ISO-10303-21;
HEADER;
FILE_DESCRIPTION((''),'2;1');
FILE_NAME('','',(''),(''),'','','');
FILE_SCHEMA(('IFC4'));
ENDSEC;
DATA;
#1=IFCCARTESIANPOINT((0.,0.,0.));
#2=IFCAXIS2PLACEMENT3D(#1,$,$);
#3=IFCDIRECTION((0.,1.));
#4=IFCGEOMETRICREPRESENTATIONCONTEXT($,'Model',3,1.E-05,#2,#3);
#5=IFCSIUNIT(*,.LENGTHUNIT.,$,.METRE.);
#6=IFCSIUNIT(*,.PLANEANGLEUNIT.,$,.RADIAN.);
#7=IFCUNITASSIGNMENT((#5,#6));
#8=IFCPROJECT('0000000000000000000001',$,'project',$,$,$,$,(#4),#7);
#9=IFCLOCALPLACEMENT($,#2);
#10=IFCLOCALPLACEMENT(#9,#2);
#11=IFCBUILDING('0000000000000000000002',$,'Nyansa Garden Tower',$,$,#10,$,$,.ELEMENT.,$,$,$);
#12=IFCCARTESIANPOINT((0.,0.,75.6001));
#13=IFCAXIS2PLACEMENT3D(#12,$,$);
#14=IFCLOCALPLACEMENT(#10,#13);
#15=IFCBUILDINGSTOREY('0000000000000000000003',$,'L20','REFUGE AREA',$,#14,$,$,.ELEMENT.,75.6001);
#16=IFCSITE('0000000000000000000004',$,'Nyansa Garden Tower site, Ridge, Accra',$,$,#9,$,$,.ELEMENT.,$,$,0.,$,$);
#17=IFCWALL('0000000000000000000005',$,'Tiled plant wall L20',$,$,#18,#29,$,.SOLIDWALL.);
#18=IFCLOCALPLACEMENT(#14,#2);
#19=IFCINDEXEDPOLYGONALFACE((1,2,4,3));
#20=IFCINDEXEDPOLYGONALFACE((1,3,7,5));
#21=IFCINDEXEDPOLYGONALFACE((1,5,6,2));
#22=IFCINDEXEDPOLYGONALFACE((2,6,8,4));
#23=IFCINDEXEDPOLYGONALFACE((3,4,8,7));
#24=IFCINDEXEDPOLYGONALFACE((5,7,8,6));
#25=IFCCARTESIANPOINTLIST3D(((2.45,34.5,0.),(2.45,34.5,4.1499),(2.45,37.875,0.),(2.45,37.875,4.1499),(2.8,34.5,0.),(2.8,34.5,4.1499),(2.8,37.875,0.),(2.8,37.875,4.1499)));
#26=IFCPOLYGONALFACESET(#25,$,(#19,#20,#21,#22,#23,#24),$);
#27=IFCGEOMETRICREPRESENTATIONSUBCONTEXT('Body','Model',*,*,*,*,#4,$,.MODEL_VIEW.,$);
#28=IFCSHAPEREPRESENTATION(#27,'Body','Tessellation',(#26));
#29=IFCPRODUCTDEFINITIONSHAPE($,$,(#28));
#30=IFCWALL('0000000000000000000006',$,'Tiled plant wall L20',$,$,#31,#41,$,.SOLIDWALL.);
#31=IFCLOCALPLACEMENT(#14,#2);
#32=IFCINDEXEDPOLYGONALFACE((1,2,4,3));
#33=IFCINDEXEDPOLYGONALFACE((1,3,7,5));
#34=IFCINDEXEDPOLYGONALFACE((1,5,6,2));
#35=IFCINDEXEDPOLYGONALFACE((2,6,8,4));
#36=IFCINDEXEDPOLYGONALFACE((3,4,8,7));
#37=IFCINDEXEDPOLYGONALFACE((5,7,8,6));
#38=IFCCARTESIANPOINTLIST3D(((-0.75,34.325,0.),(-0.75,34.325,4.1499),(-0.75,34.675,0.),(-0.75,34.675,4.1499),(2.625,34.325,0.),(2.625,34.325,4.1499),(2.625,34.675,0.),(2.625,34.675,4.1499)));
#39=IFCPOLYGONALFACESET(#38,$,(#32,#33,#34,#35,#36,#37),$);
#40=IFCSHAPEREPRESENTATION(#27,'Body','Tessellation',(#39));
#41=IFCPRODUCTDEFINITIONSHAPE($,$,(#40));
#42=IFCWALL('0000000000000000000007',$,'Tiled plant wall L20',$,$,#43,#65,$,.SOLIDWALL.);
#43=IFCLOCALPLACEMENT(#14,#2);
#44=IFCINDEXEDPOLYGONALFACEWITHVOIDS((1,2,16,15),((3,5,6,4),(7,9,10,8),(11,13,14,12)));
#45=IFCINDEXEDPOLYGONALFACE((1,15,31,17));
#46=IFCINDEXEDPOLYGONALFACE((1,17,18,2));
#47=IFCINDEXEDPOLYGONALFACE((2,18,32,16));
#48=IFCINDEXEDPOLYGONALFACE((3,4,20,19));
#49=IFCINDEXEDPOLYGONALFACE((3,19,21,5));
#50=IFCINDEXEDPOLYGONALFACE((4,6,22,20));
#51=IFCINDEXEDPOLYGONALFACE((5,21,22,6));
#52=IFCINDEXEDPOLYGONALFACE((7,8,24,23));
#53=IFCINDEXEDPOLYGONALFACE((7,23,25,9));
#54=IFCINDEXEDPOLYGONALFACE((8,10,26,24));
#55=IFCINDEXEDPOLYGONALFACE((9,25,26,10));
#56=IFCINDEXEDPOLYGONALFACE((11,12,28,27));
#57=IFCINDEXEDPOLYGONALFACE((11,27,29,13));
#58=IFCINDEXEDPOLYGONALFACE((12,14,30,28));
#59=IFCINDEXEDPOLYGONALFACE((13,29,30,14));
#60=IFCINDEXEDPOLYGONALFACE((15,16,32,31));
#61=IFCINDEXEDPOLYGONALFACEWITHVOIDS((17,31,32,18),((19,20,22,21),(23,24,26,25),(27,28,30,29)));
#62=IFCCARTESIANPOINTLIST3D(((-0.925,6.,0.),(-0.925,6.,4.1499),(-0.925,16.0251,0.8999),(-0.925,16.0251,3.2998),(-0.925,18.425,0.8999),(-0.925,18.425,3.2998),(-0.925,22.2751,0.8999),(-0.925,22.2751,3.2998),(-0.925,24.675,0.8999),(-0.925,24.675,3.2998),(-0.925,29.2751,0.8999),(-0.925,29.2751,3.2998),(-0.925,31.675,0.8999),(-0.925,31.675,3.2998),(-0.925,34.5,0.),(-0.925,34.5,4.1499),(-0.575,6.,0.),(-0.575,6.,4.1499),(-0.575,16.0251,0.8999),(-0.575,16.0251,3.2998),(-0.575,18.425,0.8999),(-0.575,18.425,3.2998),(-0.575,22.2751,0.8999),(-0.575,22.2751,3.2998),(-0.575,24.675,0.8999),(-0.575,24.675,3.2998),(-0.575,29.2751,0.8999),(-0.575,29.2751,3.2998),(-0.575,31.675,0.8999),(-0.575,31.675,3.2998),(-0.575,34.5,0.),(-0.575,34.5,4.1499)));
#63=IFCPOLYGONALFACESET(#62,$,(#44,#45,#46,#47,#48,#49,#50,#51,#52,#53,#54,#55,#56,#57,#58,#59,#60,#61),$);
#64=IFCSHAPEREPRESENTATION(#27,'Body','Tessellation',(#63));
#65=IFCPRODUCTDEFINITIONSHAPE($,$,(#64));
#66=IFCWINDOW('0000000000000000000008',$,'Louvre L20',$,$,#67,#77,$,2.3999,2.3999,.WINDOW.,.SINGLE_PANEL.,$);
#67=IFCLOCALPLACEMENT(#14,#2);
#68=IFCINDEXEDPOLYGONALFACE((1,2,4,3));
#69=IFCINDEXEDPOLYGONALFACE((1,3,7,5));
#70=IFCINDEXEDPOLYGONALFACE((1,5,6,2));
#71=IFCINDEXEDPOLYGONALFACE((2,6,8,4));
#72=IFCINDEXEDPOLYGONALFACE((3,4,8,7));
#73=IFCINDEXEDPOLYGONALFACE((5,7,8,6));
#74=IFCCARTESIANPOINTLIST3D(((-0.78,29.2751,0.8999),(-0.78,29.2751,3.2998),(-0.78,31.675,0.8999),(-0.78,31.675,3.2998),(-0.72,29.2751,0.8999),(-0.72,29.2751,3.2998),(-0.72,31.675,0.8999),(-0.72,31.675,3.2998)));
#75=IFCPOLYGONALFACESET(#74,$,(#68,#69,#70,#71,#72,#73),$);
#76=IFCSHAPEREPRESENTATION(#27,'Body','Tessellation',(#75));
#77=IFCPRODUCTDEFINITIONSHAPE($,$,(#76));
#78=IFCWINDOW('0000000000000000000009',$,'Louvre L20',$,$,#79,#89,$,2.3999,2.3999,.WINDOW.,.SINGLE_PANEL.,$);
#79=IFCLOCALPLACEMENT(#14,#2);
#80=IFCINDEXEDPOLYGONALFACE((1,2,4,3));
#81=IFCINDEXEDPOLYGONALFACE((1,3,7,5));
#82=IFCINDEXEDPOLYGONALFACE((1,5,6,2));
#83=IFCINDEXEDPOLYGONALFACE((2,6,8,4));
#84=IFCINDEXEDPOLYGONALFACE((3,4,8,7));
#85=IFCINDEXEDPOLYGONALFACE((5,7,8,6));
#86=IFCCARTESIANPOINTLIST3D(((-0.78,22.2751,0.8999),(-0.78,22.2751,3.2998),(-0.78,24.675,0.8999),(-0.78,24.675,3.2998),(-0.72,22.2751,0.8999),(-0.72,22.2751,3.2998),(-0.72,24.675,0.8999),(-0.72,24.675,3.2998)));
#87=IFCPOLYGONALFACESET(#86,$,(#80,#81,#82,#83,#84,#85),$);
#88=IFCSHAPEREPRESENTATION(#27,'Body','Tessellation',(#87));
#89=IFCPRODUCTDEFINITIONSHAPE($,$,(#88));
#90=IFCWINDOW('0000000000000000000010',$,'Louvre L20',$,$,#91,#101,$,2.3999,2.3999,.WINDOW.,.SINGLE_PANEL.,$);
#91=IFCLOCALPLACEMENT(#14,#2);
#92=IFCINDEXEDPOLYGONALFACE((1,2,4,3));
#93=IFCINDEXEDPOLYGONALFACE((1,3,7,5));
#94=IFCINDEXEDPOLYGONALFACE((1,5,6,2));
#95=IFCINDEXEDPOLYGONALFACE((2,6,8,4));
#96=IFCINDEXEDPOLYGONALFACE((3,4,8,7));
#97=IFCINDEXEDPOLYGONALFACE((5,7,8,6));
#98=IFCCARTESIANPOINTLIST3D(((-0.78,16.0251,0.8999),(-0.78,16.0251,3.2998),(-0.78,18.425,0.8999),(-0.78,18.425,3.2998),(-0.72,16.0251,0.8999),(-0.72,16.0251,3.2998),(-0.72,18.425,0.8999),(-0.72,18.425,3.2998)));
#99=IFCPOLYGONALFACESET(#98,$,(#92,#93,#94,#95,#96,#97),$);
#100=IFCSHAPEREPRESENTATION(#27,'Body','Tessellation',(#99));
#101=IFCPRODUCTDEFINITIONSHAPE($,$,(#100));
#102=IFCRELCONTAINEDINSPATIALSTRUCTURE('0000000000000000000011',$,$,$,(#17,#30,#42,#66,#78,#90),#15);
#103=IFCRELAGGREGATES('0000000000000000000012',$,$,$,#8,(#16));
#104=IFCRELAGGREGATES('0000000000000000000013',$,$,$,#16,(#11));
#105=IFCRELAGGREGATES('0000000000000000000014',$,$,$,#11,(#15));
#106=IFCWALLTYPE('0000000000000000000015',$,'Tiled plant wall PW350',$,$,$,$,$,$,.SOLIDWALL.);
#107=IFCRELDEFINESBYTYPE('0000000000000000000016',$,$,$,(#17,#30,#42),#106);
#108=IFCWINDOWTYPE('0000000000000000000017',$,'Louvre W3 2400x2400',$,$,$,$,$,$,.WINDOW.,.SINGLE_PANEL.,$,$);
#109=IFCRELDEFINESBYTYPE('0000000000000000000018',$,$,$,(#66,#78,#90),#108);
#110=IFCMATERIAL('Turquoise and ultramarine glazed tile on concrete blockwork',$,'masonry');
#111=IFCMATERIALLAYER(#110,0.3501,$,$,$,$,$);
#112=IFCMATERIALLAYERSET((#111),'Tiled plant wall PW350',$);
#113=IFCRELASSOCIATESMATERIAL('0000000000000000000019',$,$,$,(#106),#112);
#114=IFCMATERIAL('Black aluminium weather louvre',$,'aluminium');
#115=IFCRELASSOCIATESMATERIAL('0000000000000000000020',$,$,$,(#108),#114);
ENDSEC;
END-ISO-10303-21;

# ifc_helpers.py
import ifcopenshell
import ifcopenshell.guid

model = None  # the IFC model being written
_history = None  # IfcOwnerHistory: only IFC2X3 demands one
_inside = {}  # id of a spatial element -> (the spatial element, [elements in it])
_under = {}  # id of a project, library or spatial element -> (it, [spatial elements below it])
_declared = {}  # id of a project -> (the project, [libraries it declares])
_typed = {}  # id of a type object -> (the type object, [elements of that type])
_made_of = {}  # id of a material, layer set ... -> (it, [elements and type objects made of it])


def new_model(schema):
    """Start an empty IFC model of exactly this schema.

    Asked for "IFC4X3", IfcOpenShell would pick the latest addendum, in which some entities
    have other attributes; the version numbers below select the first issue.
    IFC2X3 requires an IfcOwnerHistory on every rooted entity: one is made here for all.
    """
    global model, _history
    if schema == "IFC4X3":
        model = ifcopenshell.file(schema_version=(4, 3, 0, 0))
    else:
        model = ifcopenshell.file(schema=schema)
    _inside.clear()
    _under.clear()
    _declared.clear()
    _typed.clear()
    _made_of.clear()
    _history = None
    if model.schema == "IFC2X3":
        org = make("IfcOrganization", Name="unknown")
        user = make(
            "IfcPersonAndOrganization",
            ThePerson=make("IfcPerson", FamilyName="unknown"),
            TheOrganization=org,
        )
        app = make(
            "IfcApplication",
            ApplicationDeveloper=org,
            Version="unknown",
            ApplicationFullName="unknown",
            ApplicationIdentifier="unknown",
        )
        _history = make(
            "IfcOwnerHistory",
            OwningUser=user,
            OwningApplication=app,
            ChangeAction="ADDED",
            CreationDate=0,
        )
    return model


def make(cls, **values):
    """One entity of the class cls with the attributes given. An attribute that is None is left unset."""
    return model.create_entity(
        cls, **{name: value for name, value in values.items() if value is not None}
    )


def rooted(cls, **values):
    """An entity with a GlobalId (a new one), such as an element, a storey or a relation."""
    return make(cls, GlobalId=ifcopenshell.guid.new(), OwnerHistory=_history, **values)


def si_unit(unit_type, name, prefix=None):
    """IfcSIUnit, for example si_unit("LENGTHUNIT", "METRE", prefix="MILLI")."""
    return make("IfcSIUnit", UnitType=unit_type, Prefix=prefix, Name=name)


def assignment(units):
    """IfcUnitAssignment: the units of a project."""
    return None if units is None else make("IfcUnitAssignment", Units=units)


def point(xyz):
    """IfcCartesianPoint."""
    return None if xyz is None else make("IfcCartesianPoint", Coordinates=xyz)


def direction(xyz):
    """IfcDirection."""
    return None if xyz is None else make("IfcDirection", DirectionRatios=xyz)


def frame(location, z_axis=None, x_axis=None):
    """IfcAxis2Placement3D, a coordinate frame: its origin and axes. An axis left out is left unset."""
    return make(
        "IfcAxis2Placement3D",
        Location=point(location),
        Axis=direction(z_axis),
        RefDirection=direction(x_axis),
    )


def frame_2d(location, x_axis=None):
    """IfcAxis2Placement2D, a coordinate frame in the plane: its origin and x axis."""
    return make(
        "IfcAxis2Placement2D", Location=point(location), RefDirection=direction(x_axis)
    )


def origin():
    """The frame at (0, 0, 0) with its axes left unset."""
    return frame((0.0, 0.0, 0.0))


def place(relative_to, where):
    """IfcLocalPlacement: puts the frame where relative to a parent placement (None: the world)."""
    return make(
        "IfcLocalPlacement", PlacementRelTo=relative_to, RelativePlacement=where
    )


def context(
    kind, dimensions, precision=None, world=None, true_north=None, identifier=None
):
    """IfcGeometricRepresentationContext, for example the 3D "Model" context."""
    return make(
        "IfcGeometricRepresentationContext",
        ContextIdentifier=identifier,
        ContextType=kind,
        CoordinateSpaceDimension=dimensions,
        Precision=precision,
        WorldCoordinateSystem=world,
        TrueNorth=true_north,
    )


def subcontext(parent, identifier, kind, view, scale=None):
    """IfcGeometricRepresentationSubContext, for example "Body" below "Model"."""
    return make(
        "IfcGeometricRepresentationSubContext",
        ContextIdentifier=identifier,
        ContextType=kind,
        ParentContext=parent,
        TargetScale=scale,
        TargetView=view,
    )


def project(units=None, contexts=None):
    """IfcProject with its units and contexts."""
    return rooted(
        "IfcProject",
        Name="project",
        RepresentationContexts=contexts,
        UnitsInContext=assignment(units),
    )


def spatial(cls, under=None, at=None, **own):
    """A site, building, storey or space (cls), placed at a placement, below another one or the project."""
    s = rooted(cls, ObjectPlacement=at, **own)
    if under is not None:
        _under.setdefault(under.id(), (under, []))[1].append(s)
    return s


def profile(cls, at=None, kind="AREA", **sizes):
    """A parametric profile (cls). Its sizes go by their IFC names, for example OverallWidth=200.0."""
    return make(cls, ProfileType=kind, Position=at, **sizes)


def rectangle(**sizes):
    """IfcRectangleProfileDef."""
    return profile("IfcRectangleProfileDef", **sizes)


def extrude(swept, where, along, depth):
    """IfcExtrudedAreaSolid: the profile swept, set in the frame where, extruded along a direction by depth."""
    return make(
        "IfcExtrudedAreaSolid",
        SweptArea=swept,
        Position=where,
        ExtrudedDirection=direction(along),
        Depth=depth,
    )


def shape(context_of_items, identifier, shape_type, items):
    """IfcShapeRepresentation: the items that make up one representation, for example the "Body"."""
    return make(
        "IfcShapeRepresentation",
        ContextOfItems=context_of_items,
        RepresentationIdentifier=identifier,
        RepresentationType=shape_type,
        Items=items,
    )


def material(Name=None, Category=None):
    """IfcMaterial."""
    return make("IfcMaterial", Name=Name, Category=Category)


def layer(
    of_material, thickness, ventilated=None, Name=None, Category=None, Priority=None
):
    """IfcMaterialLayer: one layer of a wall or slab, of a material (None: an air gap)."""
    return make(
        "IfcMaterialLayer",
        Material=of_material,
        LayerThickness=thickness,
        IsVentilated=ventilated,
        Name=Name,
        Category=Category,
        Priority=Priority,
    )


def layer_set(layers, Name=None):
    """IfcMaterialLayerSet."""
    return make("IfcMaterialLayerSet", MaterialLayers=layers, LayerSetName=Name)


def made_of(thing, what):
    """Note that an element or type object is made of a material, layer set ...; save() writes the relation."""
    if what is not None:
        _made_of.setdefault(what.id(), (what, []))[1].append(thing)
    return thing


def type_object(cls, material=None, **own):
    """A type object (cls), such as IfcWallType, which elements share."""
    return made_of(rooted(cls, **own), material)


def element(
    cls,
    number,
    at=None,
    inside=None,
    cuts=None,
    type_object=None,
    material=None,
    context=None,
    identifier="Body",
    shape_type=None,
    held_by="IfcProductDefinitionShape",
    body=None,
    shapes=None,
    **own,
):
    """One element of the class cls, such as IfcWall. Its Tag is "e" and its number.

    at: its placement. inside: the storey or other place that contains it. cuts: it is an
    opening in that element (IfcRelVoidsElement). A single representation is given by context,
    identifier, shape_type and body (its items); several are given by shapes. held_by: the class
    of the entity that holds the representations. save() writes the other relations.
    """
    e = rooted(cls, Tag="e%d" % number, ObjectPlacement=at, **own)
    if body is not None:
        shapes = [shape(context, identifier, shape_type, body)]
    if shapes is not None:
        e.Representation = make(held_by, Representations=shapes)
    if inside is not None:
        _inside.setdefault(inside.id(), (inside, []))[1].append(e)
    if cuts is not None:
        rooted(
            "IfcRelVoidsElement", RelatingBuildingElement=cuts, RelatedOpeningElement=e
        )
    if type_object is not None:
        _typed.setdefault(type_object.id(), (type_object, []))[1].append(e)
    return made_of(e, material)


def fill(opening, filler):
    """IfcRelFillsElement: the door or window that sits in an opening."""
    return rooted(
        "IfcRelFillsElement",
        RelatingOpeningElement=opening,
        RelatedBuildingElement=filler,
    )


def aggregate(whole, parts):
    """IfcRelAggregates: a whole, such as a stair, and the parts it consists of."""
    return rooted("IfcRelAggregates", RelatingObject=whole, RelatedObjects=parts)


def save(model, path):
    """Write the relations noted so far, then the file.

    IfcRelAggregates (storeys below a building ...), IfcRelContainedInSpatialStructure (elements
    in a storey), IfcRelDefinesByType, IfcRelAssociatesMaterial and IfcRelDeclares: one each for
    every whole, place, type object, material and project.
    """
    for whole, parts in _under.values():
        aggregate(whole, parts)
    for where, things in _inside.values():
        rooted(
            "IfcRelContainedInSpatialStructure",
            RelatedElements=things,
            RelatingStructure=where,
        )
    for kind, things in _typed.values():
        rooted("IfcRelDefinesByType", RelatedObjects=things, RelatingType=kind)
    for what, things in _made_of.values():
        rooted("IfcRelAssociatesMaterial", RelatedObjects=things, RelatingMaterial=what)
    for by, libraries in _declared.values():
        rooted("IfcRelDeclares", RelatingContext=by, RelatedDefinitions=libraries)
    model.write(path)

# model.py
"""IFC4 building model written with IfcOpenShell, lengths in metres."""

from ifc_helpers import new_model, si_unit, direction, frame, frame_2d, origin, place, context, subcontext, project, spatial, rectangle, extrude, material, layer, layer_set, type_object, element, fill, save


model = new_model("IFC4")

# Units and contexts
model_context = context("Model", 3, precision=1e-05, world=origin(), true_north=direction((0.0, 1.0)))
body_context = subcontext(model_context, "Body", "Model", "MODEL_VIEW")
ifc_project = project(units=[si_unit("LENGTHUNIT", "METRE"), si_unit("PLANEANGLEUNIT", "RADIAN")], contexts=[model_context])

# Site, building, storey
site_placement = place(None, origin())
site = spatial("IfcSite", under=ifc_project, at=site_placement, Name="Nyansa Garden Tower site, Ridge, Accra", CompositionType="ELEMENT", RefElevation=0.0)
building_placement = place(site_placement, origin())
building = spatial("IfcBuilding", under=site, at=building_placement, Name="Nyansa Garden Tower", CompositionType="ELEMENT")
storey_placement = place(building_placement, frame((0.0, 0.0, 75.6001)))
storey = spatial("IfcBuildingStorey", under=building, at=storey_placement, Name="L20", Description="REFUGE AREA", CompositionType="ELEMENT", Elevation=75.6001)

# Walls
ifc_material_1 = material(Name="Turquoise and ultramarine glazed tile on concrete blockwork", Category="masonry")
ifc_layer = layer(ifc_material_1, 0.3501)
ifc_layer_set = layer_set([ifc_layer], Name="Tiled plant wall PW350")
wall_type = type_object("IfcWallType", Name="Tiled plant wall PW350", PredefinedType="SOLIDWALL", material=ifc_layer_set)
for number, where, z_axis, x_axis, name in (
    (1, (2.625, 37.875, 0.0), (0.0, 0.0, 1.0), (0.0, -1.0, 0.0), "Tiled plant wall L20"),
    (2, (2.625, 34.5, 0.0), (0.0, 0.0, 1.0), (-1.0, 0.0, 0.0), "Tiled plant wall L20"),
):
    element("IfcWall", number, at=place(storey_placement, frame(where, z_axis=z_axis, x_axis=x_axis)), inside=storey, type_object=wall_type, Name=name, PredefinedType="SOLIDWALL", context=body_context, shape_type="SweptSolid", body=[
        extrude(rectangle(XDim=3.375, YDim=0.3501, at=frame_2d((1.6875, 0.0))), origin(), (0.0, 0.0, 1.0), 4.1499),
    ])

# Wall, openings, windows
wall_placement = place(storey_placement, frame((-0.75, 34.5, 0.0), z_axis=(0.0, 0.0, 1.0), x_axis=(0.0, -1.0, 0.0)))
wall = element("IfcWall", 3, at=wall_placement, inside=storey, type_object=wall_type, Name="Tiled plant wall L20", PredefinedType="SOLIDWALL", context=body_context, shape_type="SweptSolid", body=[
    extrude(rectangle(XDim=28.5, YDim=0.3501, at=frame_2d((14.25, 0.0))), origin(), (0.0, 0.0, 1.0), 4.1499),
])
opening_1_placement = place(wall_placement, frame((2.825, 0.0, 0.8999)))
opening_1 = element("IfcOpeningElement", 4, at=opening_1_placement, cuts=wall, PredefinedType="OPENING", context=body_context, shape_type="SweptSolid", body=[
    extrude(rectangle(XDim=2.3999, YDim=2.3999, at=frame_2d((1.2, 1.2))), frame((0.0, 0.1851, 0.0), z_axis=(0.0, -1.0, 0.0), x_axis=(1.0, 0.0, 0.0)), (0.0, 0.0, 1.0), 0.3701),
])
opening_2_placement = place(wall_placement, frame((9.825, 0.0, 0.8999)))
opening_2 = element("IfcOpeningElement", 5, at=opening_2_placement, cuts=wall, PredefinedType="OPENING", context=body_context, shape_type="SweptSolid", body=[
    extrude(rectangle(XDim=2.3999, YDim=2.3999, at=frame_2d((1.2, 1.2))), frame((0.0, 0.1851, 0.0), z_axis=(0.0, -1.0, 0.0), x_axis=(1.0, 0.0, 0.0)), (0.0, 0.0, 1.0), 0.3701),
])
opening_3_placement = place(wall_placement, frame((16.075, 0.0, 0.8999)))
opening_3 = element("IfcOpeningElement", 6, at=opening_3_placement, cuts=wall, PredefinedType="OPENING", context=body_context, shape_type="SweptSolid", body=[
    extrude(rectangle(XDim=2.3999, YDim=2.3999, at=frame_2d((1.2, 1.2))), frame((0.0, 0.1851, 0.0), z_axis=(0.0, -1.0, 0.0), x_axis=(1.0, 0.0, 0.0)), (0.0, 0.0, 1.0), 0.3701),
])
ifc_material_2 = material(Name="Black aluminium weather louvre", Category="aluminium")
window_type = type_object("IfcWindowType", Name="Louvre W3 2400x2400", PartitioningType="SINGLE_PANEL", PredefinedType="WINDOW", material=ifc_material_2)
window_1_placement = place(opening_1_placement, origin())
window_1 = element("IfcWindow", 7, at=window_1_placement, inside=storey, type_object=window_type, Name="Louvre L20", OverallHeight=2.3999, OverallWidth=2.3999, PartitioningType="SINGLE_PANEL", PredefinedType="WINDOW", context=body_context, shape_type="SweptSolid", body=[
    extrude(rectangle(XDim=2.3999, YDim=2.3999, at=frame_2d((1.2, 1.2))), frame((0.0, 0.03, 0.0), z_axis=(0.0, -1.0, 0.0), x_axis=(1.0, 0.0, 0.0)), (0.0, 0.0, 1.0), 0.0601),
])
fill(opening_1, window_1)
window_2_placement = place(opening_2_placement, origin())
window_2 = element("IfcWindow", 8, at=window_2_placement, inside=storey, type_object=window_type, Name="Louvre L20", OverallHeight=2.3999, OverallWidth=2.3999, PartitioningType="SINGLE_PANEL", PredefinedType="WINDOW", context=body_context, shape_type="SweptSolid", body=[
    extrude(rectangle(XDim=2.3999, YDim=2.3999, at=frame_2d((1.2, 1.2))), frame((0.0, 0.03, 0.0), z_axis=(0.0, -1.0, 0.0), x_axis=(1.0, 0.0, 0.0)), (0.0, 0.0, 1.0), 0.0601),
])
fill(opening_2, window_2)
window_3_placement = place(opening_3_placement, origin())
window_3 = element("IfcWindow", 9, at=window_3_placement, inside=storey, type_object=window_type, Name="Louvre L20", OverallHeight=2.3999, OverallWidth=2.3999, PartitioningType="SINGLE_PANEL", PredefinedType="WINDOW", context=body_context, shape_type="SweptSolid", body=[
    extrude(rectangle(XDim=2.3999, YDim=2.3999, at=frame_2d((1.2, 1.2))), frame((0.0, 0.03, 0.0), z_axis=(0.0, -1.0, 0.0), x_axis=(1.0, 0.0, 0.0)), (0.0, 0.0, 1.0), 0.0601),
])
fill(opening_3, window_3)

save(model, "model.ifc")
